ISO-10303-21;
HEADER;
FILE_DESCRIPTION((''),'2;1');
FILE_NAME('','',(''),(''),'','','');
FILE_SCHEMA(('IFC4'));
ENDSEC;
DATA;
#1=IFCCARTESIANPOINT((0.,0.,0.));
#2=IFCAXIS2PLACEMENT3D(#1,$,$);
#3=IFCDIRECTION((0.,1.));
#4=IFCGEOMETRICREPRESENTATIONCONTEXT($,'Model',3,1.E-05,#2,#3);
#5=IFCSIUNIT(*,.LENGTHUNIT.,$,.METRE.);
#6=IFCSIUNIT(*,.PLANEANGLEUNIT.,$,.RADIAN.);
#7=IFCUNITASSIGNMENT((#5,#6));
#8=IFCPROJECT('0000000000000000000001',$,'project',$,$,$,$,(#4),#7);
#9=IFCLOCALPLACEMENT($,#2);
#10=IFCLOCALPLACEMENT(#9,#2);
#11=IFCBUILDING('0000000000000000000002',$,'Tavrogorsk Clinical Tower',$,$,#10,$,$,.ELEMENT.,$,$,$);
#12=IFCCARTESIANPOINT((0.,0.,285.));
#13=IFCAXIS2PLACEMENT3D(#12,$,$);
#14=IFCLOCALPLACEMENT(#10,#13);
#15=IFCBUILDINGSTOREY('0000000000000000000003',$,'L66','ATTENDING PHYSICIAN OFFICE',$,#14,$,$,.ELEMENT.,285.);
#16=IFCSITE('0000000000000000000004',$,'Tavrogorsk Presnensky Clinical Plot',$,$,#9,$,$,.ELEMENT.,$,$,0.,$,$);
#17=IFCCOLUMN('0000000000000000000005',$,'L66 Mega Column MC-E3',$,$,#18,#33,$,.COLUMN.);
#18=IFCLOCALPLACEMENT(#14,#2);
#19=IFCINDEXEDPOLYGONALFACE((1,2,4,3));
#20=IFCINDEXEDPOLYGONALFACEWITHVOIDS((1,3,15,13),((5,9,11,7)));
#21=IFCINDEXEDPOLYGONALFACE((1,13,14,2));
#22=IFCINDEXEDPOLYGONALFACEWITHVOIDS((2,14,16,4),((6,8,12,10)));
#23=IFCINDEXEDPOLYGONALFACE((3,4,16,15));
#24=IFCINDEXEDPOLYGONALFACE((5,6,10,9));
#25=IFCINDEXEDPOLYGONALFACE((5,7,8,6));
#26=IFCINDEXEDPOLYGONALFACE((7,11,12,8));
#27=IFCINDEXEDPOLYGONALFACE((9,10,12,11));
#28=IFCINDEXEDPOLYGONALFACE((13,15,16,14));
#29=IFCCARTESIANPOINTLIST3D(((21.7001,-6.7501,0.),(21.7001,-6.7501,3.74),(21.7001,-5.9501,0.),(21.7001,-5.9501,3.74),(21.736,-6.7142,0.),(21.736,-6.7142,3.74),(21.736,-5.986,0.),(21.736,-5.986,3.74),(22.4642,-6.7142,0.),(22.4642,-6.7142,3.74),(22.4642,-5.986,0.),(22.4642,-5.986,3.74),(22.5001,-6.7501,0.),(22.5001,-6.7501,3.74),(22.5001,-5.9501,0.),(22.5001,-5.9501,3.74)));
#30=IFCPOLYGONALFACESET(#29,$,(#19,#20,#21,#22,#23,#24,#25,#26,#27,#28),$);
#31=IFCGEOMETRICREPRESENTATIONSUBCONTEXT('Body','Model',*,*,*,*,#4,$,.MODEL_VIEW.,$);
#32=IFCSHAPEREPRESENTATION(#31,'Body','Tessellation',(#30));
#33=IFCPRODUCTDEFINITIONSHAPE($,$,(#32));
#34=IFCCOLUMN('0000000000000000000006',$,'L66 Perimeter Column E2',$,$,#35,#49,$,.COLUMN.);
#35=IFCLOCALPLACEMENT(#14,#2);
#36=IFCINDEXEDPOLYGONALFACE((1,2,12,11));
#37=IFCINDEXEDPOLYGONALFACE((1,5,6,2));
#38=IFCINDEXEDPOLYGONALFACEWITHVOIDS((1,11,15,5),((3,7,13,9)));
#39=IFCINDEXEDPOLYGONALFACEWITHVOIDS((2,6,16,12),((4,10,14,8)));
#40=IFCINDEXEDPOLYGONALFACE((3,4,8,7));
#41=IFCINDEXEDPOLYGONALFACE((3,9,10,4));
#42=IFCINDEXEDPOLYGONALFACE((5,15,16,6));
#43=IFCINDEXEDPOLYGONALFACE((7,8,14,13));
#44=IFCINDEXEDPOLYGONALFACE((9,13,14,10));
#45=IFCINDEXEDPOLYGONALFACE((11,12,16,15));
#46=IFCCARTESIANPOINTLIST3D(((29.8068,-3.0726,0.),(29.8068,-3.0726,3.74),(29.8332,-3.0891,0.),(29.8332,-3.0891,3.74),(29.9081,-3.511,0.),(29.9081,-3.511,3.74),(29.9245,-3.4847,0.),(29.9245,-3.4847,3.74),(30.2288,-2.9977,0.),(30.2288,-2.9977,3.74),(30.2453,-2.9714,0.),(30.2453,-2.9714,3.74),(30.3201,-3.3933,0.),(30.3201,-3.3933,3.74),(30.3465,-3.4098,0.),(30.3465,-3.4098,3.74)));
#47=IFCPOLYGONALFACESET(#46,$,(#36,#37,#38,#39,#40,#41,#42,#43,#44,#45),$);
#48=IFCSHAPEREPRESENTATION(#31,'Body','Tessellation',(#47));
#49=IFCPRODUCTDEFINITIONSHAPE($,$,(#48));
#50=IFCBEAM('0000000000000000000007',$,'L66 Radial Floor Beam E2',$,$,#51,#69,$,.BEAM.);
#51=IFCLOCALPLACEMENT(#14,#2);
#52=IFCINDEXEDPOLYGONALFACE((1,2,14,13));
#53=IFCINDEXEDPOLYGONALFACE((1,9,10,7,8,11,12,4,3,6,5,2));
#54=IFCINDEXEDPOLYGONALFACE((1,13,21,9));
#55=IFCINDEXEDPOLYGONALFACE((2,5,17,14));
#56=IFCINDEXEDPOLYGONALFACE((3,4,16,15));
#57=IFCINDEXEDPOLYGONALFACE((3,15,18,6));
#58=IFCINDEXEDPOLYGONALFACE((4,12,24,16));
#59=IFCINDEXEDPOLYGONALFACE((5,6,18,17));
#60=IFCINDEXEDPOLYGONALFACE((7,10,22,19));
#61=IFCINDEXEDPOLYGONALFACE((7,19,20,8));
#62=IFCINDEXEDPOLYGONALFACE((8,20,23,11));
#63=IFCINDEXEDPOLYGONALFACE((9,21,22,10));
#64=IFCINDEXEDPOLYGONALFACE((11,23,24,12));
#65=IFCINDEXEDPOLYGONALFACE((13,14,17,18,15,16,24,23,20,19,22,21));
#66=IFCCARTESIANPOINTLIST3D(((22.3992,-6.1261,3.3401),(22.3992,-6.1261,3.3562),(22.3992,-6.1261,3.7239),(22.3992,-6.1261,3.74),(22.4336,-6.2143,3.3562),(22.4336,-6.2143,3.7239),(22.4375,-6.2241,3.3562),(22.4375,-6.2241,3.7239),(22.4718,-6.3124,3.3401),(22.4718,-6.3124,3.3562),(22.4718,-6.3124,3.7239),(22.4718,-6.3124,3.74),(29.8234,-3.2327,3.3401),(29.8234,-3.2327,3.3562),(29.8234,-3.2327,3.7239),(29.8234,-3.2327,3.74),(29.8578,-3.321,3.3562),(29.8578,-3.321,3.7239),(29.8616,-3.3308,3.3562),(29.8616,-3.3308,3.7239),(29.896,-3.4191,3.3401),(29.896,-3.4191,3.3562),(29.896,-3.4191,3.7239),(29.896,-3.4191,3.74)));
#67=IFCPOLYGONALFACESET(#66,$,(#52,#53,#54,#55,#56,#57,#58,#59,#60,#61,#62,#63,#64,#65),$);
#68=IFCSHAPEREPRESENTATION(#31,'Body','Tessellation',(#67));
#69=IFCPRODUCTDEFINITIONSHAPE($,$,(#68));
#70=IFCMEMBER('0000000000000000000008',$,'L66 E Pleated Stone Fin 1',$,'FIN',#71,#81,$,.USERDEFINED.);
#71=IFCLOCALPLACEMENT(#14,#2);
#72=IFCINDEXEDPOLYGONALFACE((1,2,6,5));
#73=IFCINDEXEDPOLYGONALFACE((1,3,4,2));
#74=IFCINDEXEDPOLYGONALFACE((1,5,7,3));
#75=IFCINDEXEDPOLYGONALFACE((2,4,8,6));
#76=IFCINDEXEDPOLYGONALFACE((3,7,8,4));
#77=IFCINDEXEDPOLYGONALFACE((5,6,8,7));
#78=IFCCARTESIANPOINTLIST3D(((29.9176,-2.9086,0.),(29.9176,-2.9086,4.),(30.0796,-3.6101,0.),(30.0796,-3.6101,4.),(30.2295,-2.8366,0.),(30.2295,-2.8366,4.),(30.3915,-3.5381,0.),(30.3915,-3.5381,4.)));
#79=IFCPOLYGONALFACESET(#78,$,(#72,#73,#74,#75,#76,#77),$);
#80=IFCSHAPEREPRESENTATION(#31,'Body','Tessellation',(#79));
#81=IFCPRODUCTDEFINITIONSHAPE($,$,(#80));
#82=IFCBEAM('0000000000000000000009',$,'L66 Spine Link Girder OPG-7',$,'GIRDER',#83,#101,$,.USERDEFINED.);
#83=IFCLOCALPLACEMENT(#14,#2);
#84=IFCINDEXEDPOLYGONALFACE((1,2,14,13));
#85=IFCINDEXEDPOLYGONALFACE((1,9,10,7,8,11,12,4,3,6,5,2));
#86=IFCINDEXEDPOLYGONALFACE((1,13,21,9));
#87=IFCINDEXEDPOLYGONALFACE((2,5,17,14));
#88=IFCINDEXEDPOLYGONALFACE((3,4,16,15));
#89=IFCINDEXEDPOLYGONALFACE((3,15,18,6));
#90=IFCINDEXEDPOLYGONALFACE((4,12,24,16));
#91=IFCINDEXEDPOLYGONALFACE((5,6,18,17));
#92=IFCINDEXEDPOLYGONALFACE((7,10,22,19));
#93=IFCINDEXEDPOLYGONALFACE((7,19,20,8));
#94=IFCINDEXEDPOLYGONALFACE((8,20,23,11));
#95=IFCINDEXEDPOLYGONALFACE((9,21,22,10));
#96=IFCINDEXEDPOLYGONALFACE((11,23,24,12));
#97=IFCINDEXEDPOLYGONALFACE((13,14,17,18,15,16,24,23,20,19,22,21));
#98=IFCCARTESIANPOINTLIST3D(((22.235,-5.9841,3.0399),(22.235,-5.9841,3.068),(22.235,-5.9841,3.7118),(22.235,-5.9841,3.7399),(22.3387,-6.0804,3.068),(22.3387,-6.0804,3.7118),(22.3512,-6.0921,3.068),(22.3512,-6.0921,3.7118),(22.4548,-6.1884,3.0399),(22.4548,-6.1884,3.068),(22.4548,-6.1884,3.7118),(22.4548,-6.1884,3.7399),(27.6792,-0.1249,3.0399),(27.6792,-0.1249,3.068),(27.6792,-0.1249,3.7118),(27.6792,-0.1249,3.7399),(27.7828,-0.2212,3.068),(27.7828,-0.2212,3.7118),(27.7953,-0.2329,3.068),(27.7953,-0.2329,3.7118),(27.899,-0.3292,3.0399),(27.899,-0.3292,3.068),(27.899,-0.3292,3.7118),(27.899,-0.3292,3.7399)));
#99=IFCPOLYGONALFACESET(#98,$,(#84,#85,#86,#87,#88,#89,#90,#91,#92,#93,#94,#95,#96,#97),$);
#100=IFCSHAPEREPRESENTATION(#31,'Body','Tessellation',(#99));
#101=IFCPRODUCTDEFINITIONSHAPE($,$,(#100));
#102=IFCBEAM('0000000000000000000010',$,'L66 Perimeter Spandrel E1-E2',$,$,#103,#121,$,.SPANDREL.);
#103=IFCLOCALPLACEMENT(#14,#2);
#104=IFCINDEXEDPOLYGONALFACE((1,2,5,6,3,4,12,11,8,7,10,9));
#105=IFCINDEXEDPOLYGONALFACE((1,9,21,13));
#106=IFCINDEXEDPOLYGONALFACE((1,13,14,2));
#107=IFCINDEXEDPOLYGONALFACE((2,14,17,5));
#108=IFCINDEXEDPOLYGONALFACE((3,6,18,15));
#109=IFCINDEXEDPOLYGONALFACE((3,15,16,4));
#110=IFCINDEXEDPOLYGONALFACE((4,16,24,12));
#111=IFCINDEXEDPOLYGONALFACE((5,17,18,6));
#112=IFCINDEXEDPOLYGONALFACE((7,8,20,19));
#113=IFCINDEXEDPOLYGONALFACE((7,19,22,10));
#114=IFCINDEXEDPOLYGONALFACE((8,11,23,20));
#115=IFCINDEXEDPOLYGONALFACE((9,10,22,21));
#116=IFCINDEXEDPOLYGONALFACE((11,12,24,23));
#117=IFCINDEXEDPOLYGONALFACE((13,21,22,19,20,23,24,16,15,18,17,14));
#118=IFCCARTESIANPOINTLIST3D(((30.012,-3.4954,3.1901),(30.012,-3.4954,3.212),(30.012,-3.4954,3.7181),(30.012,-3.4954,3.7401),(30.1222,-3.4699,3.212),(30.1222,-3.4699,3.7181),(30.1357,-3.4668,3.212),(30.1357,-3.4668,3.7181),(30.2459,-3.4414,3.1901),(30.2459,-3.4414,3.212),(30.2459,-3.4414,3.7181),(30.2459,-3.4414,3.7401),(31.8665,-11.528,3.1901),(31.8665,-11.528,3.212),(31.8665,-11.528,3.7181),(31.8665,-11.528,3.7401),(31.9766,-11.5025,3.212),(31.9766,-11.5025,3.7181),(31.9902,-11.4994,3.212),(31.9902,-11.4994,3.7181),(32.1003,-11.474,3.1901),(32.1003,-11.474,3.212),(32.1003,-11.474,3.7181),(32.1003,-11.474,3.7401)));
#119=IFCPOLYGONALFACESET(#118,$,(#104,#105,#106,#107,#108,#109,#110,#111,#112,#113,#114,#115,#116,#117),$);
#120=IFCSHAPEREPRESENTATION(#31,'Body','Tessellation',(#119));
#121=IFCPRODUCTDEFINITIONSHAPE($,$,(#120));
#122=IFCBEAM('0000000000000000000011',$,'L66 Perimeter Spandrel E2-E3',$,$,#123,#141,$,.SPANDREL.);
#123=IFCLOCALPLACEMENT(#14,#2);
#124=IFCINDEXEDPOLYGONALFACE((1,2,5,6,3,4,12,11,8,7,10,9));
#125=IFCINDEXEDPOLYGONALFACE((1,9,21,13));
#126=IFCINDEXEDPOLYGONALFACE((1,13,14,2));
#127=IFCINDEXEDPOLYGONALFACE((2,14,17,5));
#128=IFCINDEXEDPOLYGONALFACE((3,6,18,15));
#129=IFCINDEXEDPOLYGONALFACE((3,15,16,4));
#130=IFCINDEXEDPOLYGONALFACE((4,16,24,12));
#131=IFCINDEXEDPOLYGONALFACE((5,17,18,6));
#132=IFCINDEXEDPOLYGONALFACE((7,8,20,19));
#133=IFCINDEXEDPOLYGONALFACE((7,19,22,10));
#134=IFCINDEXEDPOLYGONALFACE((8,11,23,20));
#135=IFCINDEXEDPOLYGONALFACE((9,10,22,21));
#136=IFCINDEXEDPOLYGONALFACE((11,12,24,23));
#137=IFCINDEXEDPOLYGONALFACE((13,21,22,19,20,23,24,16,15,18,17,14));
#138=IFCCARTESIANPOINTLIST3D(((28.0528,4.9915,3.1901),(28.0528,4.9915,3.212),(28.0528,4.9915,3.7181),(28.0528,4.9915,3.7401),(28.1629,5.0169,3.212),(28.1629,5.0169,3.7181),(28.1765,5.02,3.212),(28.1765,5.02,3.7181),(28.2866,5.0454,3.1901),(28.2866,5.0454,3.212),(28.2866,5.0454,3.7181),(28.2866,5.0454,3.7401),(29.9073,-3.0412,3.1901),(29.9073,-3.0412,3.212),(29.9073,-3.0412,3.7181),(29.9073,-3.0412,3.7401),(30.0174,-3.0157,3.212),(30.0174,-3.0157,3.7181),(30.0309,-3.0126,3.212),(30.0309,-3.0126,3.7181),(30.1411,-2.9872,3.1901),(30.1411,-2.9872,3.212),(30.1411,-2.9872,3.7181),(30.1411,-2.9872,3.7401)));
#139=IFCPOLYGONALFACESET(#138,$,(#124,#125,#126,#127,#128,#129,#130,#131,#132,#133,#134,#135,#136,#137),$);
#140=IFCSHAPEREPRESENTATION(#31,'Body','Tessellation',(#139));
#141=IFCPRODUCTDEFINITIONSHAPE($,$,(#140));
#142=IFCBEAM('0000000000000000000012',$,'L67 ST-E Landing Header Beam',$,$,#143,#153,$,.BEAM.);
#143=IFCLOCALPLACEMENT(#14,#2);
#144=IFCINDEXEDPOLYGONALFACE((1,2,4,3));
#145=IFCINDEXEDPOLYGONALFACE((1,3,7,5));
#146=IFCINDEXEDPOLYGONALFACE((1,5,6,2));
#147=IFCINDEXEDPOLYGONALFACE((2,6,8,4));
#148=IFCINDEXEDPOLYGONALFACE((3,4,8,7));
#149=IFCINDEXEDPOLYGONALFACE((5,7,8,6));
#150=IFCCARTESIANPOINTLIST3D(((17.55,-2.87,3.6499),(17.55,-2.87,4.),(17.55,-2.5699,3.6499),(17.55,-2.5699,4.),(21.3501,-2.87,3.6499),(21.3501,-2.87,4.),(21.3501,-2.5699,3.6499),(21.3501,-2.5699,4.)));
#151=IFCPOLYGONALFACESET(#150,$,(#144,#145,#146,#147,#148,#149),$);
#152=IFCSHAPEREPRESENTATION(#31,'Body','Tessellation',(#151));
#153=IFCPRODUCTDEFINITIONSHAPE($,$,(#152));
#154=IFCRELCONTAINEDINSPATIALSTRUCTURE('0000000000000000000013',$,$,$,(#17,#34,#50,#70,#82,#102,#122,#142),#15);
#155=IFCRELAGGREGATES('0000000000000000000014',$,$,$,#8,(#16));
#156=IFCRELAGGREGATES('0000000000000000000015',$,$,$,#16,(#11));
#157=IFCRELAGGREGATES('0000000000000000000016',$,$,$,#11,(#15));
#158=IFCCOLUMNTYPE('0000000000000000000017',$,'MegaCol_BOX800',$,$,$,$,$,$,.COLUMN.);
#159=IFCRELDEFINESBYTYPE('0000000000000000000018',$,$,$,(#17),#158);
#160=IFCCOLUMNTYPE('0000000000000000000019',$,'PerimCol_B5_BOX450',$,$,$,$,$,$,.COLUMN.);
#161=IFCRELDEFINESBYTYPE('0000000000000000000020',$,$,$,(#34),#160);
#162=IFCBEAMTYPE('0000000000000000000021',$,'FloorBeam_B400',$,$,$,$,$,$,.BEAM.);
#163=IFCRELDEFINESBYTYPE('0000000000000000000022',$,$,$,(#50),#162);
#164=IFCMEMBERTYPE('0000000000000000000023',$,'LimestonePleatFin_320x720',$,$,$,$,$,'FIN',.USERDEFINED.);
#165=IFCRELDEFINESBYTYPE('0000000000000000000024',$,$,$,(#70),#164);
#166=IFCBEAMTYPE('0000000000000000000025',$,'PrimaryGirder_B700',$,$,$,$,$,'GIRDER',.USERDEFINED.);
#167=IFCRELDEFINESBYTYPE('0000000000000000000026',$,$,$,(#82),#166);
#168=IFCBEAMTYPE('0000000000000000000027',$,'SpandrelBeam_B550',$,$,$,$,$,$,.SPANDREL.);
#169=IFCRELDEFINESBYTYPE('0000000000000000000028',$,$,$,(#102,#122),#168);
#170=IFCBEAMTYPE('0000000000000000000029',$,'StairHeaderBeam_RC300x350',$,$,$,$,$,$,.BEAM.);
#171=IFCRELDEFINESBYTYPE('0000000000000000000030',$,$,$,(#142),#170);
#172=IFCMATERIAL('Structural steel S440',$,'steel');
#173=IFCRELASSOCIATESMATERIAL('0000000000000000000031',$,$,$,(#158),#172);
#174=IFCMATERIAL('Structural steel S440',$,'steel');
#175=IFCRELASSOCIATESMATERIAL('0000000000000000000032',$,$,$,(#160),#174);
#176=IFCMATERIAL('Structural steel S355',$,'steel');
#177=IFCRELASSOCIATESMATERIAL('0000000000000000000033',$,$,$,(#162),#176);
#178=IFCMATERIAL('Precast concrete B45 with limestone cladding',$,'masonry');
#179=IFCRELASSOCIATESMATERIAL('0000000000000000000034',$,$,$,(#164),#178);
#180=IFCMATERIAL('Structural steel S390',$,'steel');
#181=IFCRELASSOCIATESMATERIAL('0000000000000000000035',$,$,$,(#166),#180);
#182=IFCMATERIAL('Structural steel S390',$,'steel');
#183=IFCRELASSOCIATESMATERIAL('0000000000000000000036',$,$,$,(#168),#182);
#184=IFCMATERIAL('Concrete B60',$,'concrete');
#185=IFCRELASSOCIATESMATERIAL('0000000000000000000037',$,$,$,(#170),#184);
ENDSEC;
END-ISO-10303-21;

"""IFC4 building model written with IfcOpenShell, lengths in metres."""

from ifc_helpers import new_model, si_unit, direction, frame, origin, origin_2d, place, context, subcontext, project, spatial, rectangle, hollow_rectangle, i_section, extrude, material, material_profile, profile_set, type_object, element, save


model = new_model("IFC4")

# Units and contexts
model_context = context("Model", 3, precision=1e-05, world=origin(), true_north=direction((0.0, 1.0)))
body_context = subcontext(model_context, "Body", "Model", "MODEL_VIEW")
ifc_project = project(units=[si_unit("LENGTHUNIT", "METRE"), si_unit("PLANEANGLEUNIT", "RADIAN")], contexts=[model_context])

# Site, building, storey
site_placement = place(None, origin())
site = spatial("IfcSite", under=ifc_project, at=site_placement, Name="Tavrogorsk Presnensky Clinical Plot", CompositionType="ELEMENT", RefElevation=0.0)
building_placement = place(site_placement, origin())
building = spatial("IfcBuilding", under=site, at=building_placement, Name="Tavrogorsk Clinical Tower", CompositionType="ELEMENT")
storey_placement = place(building_placement, frame((0.0, 0.0, 285.0)))
storey = spatial("IfcBuildingStorey", under=building, at=storey_placement, Name="L66", Description="ATTENDING PHYSICIAN OFFICE", CompositionType="ELEMENT", Elevation=285.0)

# Columns
ifc_material_1 = material(Name="Structural steel S440", Category="steel")
ifc_material_profile_1 = material_profile(ifc_material_1, hollow_rectangle(XDim=0.8, YDim=0.8, WallThickness=0.0359, at=origin_2d()), Name="BOX-800x800x36")
ifc_profile_set_1 = profile_set([ifc_material_profile_1], Name="Structural steel S440")
column_type_1 = type_object("IfcColumnType", Name="MegaCol_BOX800", PredefinedType="COLUMN", material=ifc_profile_set_1)
column_1_placement = place(storey_placement, frame((22.1001, -6.3501, 0.0), z_axis=(0.0, 0.0, 1.0), x_axis=(1.0, 0.0, 0.0)))
element("IfcColumn", 1, at=column_1_placement, inside=storey, type_object=column_type_1, Name="L66 Mega Column MC-E3", PredefinedType="COLUMN", context=body_context, shape_type="SweptSolid", body=[
    extrude(hollow_rectangle(XDim=0.8, YDim=0.8, WallThickness=0.0359, at=origin_2d()), origin(), (0.0, 0.0, 1.0), 3.74),
])
ifc_material_2 = material(Name="Structural steel S440", Category="steel")
ifc_material_profile_2 = material_profile(ifc_material_2, hollow_rectangle(XDim=0.45, YDim=0.45, WallThickness=0.022, at=origin_2d()), Name="BOX-450x450x22")
ifc_profile_set_2 = profile_set([ifc_material_profile_2], Name="Structural steel S440")
column_type_2 = type_object("IfcColumnType", Name="PerimCol_B5_BOX450", PredefinedType="COLUMN", material=ifc_profile_set_2)
column_2_placement = place(storey_placement, frame((30.0767, -3.2412, 0.0), z_axis=(0.0, 0.0, 1.0), x_axis=(0.97437, 0.224951, 0.0)))
element("IfcColumn", 2, at=column_2_placement, inside=storey, type_object=column_type_2, Name="L66 Perimeter Column E2", PredefinedType="COLUMN", context=body_context, shape_type="SweptSolid", body=[
    extrude(hollow_rectangle(XDim=0.45, YDim=0.45, WallThickness=0.022, at=origin_2d()), origin(), (0.0, 0.0, 1.0), 3.74),
])

# Beam
ifc_material_3 = material(Name="Structural steel S355", Category="steel")
ifc_material_profile_3 = material_profile(ifc_material_3, i_section(OverallWidth=0.2, OverallDepth=0.3999, WebThickness=0.0105, FlangeThickness=0.0161, at=origin_2d()), Name="B-400x200x10.5x16")
ifc_profile_set_3 = profile_set([ifc_material_profile_3], Name="Structural steel S355")
beam_type_1 = type_object("IfcBeamType", Name="FloorBeam_B400", PredefinedType="BEAM", material=ifc_profile_set_3)
beam_1_placement = place(storey_placement, frame((22.4355, -6.2192, 3.54), z_axis=(0.931743, 0.363119, 0.0), x_axis=(-0.363119, 0.931743, 0.0)))
element("IfcBeam", 3, at=beam_1_placement, inside=storey, type_object=beam_type_1, Name="L66 Radial Floor Beam E2", PredefinedType="BEAM", context=body_context, shape_type="SweptSolid", body=[
    extrude(i_section(OverallWidth=0.2, OverallDepth=0.3999, WebThickness=0.0105, FlangeThickness=0.0161, at=origin_2d()), origin(), (0.0, 0.0, 1.0), 7.968),
])

# Member
ifc_material_4 = material(Name="Precast concrete B45 with limestone cladding", Category="masonry")
ifc_material_profile_4 = material_profile(ifc_material_4, rectangle(XDim=0.3201, YDim=0.72, at=origin_2d()), Name="LIMESTONE-FIN-320x720")
ifc_profile_set_4 = profile_set([ifc_material_profile_4], Name="Precast concrete B45 with limestone cladding")
member_type = type_object("IfcMemberType", Name="LimestonePleatFin_320x720", ElementType="FIN", PredefinedType="USERDEFINED", material=ifc_profile_set_4)
member_placement = place(storey_placement, frame((30.1545, -3.2234, 0.0), z_axis=(0.0, 0.0, 1.0), x_axis=(0.97437, 0.224951, 0.0)))
element("IfcMember", 4, at=member_placement, inside=storey, type_object=member_type, Name="L66 E Pleated Stone Fin 1", ObjectType="FIN", PredefinedType="USERDEFINED", context=body_context, shape_type="SweptSolid", body=[
    extrude(rectangle(XDim=0.3201, YDim=0.72, at=origin_2d()), origin(), (0.0, 0.0, 1.0), 4.0),
])

# Beams
ifc_material_5 = material(Name="Structural steel S390", Category="steel")
ifc_material_profile_5 = material_profile(ifc_material_5, i_section(OverallWidth=0.3, OverallDepth=0.7, WebThickness=0.0171, FlangeThickness=0.0281, at=origin_2d()), Name="B-700x300x17x28")
ifc_profile_set_5 = profile_set([ifc_material_profile_5], Name="Structural steel S390")
beam_type_2 = type_object("IfcBeamType", Name="PrimaryGirder_B700", ElementType="GIRDER", PredefinedType="USERDEFINED", material=ifc_profile_set_5)
beam_2_placement = place(storey_placement, frame((27.7891, -0.2271, 3.3899), z_axis=(-0.680684, -0.732577, 0.0), x_axis=(0.732577, -0.680684, 0.0)))
element("IfcBeam", 5, at=beam_2_placement, inside=storey, type_object=beam_type_2, Name="L66 Spine Link Girder OPG-7", ObjectType="GIRDER", PredefinedType="USERDEFINED", context=body_context, shape_type="SweptSolid", body=[
    extrude(i_section(OverallWidth=0.3, OverallDepth=0.7, WebThickness=0.0171, FlangeThickness=0.0281, at=origin_2d()), origin(), (0.0, 0.0, 1.0), 7.998),
])
ifc_material_6 = material(Name="Structural steel S390", Category="steel")
ifc_material_profile_6 = material_profile(ifc_material_6, i_section(OverallWidth=0.24, OverallDepth=0.55, WebThickness=0.0139, FlangeThickness=0.022, at=origin_2d()), Name="B-550x240x14x22")
ifc_profile_set_6 = profile_set([ifc_material_profile_6], Name="Structural steel S390")
beam_type_3 = type_object("IfcBeamType", Name="SpandrelBeam_B550", PredefinedType="SPANDREL", material=ifc_profile_set_6)
for number, where, z_axis, x_axis, name in (
    (6, (31.9834, -11.501, 3.4651), (-0.22495, 0.97437, 0.0), (-0.97437, -0.22495, 0.0), "L66 Perimeter Spandrel E1-E2"),
    (7, (30.0242, -3.0142, 3.4651), (-0.22495, 0.97437, 0.0), (-0.97437, -0.22495, 0.0), "L66 Perimeter Spandrel E2-E3"),
):
    element("IfcBeam", number, at=place(storey_placement, frame(where, z_axis=z_axis, x_axis=x_axis)), inside=storey, type_object=beam_type_3, Name=name, PredefinedType="SPANDREL", context=body_context, shape_type="SweptSolid", body=[
        extrude(i_section(OverallWidth=0.24, OverallDepth=0.55, WebThickness=0.0139, FlangeThickness=0.022, at=origin_2d()), origin(), (0.0, 0.0, 1.0), 8.2439),
    ])
ifc_material_7 = material(Name="Concrete B60", Category="concrete")
ifc_material_profile_7 = material_profile(ifc_material_7, rectangle(XDim=0.3, YDim=0.3501, at=origin_2d()), Name="RC-SHB-300x350")
ifc_profile_set_7 = profile_set([ifc_material_profile_7], Name="Concrete B60")
beam_type_4 = type_object("IfcBeamType", Name="StairHeaderBeam_RC300x350", PredefinedType="BEAM", material=ifc_profile_set_7)
beam_3_placement = place(storey_placement, frame((17.55, -2.72, 3.825), z_axis=(1.0, 0.0, 0.0), x_axis=(0.0, 1.0, 0.0)))
element("IfcBeam", 8, at=beam_3_placement, inside=storey, type_object=beam_type_4, Name="L67 ST-E Landing Header Beam", PredefinedType="BEAM", context=body_context, shape_type="SweptSolid", body=[
    extrude(rectangle(XDim=0.3, YDim=0.3501, at=origin_2d()), origin(), (0.0, 0.0, 1.0), 3.8),
])

save(model, "model.ifc")
